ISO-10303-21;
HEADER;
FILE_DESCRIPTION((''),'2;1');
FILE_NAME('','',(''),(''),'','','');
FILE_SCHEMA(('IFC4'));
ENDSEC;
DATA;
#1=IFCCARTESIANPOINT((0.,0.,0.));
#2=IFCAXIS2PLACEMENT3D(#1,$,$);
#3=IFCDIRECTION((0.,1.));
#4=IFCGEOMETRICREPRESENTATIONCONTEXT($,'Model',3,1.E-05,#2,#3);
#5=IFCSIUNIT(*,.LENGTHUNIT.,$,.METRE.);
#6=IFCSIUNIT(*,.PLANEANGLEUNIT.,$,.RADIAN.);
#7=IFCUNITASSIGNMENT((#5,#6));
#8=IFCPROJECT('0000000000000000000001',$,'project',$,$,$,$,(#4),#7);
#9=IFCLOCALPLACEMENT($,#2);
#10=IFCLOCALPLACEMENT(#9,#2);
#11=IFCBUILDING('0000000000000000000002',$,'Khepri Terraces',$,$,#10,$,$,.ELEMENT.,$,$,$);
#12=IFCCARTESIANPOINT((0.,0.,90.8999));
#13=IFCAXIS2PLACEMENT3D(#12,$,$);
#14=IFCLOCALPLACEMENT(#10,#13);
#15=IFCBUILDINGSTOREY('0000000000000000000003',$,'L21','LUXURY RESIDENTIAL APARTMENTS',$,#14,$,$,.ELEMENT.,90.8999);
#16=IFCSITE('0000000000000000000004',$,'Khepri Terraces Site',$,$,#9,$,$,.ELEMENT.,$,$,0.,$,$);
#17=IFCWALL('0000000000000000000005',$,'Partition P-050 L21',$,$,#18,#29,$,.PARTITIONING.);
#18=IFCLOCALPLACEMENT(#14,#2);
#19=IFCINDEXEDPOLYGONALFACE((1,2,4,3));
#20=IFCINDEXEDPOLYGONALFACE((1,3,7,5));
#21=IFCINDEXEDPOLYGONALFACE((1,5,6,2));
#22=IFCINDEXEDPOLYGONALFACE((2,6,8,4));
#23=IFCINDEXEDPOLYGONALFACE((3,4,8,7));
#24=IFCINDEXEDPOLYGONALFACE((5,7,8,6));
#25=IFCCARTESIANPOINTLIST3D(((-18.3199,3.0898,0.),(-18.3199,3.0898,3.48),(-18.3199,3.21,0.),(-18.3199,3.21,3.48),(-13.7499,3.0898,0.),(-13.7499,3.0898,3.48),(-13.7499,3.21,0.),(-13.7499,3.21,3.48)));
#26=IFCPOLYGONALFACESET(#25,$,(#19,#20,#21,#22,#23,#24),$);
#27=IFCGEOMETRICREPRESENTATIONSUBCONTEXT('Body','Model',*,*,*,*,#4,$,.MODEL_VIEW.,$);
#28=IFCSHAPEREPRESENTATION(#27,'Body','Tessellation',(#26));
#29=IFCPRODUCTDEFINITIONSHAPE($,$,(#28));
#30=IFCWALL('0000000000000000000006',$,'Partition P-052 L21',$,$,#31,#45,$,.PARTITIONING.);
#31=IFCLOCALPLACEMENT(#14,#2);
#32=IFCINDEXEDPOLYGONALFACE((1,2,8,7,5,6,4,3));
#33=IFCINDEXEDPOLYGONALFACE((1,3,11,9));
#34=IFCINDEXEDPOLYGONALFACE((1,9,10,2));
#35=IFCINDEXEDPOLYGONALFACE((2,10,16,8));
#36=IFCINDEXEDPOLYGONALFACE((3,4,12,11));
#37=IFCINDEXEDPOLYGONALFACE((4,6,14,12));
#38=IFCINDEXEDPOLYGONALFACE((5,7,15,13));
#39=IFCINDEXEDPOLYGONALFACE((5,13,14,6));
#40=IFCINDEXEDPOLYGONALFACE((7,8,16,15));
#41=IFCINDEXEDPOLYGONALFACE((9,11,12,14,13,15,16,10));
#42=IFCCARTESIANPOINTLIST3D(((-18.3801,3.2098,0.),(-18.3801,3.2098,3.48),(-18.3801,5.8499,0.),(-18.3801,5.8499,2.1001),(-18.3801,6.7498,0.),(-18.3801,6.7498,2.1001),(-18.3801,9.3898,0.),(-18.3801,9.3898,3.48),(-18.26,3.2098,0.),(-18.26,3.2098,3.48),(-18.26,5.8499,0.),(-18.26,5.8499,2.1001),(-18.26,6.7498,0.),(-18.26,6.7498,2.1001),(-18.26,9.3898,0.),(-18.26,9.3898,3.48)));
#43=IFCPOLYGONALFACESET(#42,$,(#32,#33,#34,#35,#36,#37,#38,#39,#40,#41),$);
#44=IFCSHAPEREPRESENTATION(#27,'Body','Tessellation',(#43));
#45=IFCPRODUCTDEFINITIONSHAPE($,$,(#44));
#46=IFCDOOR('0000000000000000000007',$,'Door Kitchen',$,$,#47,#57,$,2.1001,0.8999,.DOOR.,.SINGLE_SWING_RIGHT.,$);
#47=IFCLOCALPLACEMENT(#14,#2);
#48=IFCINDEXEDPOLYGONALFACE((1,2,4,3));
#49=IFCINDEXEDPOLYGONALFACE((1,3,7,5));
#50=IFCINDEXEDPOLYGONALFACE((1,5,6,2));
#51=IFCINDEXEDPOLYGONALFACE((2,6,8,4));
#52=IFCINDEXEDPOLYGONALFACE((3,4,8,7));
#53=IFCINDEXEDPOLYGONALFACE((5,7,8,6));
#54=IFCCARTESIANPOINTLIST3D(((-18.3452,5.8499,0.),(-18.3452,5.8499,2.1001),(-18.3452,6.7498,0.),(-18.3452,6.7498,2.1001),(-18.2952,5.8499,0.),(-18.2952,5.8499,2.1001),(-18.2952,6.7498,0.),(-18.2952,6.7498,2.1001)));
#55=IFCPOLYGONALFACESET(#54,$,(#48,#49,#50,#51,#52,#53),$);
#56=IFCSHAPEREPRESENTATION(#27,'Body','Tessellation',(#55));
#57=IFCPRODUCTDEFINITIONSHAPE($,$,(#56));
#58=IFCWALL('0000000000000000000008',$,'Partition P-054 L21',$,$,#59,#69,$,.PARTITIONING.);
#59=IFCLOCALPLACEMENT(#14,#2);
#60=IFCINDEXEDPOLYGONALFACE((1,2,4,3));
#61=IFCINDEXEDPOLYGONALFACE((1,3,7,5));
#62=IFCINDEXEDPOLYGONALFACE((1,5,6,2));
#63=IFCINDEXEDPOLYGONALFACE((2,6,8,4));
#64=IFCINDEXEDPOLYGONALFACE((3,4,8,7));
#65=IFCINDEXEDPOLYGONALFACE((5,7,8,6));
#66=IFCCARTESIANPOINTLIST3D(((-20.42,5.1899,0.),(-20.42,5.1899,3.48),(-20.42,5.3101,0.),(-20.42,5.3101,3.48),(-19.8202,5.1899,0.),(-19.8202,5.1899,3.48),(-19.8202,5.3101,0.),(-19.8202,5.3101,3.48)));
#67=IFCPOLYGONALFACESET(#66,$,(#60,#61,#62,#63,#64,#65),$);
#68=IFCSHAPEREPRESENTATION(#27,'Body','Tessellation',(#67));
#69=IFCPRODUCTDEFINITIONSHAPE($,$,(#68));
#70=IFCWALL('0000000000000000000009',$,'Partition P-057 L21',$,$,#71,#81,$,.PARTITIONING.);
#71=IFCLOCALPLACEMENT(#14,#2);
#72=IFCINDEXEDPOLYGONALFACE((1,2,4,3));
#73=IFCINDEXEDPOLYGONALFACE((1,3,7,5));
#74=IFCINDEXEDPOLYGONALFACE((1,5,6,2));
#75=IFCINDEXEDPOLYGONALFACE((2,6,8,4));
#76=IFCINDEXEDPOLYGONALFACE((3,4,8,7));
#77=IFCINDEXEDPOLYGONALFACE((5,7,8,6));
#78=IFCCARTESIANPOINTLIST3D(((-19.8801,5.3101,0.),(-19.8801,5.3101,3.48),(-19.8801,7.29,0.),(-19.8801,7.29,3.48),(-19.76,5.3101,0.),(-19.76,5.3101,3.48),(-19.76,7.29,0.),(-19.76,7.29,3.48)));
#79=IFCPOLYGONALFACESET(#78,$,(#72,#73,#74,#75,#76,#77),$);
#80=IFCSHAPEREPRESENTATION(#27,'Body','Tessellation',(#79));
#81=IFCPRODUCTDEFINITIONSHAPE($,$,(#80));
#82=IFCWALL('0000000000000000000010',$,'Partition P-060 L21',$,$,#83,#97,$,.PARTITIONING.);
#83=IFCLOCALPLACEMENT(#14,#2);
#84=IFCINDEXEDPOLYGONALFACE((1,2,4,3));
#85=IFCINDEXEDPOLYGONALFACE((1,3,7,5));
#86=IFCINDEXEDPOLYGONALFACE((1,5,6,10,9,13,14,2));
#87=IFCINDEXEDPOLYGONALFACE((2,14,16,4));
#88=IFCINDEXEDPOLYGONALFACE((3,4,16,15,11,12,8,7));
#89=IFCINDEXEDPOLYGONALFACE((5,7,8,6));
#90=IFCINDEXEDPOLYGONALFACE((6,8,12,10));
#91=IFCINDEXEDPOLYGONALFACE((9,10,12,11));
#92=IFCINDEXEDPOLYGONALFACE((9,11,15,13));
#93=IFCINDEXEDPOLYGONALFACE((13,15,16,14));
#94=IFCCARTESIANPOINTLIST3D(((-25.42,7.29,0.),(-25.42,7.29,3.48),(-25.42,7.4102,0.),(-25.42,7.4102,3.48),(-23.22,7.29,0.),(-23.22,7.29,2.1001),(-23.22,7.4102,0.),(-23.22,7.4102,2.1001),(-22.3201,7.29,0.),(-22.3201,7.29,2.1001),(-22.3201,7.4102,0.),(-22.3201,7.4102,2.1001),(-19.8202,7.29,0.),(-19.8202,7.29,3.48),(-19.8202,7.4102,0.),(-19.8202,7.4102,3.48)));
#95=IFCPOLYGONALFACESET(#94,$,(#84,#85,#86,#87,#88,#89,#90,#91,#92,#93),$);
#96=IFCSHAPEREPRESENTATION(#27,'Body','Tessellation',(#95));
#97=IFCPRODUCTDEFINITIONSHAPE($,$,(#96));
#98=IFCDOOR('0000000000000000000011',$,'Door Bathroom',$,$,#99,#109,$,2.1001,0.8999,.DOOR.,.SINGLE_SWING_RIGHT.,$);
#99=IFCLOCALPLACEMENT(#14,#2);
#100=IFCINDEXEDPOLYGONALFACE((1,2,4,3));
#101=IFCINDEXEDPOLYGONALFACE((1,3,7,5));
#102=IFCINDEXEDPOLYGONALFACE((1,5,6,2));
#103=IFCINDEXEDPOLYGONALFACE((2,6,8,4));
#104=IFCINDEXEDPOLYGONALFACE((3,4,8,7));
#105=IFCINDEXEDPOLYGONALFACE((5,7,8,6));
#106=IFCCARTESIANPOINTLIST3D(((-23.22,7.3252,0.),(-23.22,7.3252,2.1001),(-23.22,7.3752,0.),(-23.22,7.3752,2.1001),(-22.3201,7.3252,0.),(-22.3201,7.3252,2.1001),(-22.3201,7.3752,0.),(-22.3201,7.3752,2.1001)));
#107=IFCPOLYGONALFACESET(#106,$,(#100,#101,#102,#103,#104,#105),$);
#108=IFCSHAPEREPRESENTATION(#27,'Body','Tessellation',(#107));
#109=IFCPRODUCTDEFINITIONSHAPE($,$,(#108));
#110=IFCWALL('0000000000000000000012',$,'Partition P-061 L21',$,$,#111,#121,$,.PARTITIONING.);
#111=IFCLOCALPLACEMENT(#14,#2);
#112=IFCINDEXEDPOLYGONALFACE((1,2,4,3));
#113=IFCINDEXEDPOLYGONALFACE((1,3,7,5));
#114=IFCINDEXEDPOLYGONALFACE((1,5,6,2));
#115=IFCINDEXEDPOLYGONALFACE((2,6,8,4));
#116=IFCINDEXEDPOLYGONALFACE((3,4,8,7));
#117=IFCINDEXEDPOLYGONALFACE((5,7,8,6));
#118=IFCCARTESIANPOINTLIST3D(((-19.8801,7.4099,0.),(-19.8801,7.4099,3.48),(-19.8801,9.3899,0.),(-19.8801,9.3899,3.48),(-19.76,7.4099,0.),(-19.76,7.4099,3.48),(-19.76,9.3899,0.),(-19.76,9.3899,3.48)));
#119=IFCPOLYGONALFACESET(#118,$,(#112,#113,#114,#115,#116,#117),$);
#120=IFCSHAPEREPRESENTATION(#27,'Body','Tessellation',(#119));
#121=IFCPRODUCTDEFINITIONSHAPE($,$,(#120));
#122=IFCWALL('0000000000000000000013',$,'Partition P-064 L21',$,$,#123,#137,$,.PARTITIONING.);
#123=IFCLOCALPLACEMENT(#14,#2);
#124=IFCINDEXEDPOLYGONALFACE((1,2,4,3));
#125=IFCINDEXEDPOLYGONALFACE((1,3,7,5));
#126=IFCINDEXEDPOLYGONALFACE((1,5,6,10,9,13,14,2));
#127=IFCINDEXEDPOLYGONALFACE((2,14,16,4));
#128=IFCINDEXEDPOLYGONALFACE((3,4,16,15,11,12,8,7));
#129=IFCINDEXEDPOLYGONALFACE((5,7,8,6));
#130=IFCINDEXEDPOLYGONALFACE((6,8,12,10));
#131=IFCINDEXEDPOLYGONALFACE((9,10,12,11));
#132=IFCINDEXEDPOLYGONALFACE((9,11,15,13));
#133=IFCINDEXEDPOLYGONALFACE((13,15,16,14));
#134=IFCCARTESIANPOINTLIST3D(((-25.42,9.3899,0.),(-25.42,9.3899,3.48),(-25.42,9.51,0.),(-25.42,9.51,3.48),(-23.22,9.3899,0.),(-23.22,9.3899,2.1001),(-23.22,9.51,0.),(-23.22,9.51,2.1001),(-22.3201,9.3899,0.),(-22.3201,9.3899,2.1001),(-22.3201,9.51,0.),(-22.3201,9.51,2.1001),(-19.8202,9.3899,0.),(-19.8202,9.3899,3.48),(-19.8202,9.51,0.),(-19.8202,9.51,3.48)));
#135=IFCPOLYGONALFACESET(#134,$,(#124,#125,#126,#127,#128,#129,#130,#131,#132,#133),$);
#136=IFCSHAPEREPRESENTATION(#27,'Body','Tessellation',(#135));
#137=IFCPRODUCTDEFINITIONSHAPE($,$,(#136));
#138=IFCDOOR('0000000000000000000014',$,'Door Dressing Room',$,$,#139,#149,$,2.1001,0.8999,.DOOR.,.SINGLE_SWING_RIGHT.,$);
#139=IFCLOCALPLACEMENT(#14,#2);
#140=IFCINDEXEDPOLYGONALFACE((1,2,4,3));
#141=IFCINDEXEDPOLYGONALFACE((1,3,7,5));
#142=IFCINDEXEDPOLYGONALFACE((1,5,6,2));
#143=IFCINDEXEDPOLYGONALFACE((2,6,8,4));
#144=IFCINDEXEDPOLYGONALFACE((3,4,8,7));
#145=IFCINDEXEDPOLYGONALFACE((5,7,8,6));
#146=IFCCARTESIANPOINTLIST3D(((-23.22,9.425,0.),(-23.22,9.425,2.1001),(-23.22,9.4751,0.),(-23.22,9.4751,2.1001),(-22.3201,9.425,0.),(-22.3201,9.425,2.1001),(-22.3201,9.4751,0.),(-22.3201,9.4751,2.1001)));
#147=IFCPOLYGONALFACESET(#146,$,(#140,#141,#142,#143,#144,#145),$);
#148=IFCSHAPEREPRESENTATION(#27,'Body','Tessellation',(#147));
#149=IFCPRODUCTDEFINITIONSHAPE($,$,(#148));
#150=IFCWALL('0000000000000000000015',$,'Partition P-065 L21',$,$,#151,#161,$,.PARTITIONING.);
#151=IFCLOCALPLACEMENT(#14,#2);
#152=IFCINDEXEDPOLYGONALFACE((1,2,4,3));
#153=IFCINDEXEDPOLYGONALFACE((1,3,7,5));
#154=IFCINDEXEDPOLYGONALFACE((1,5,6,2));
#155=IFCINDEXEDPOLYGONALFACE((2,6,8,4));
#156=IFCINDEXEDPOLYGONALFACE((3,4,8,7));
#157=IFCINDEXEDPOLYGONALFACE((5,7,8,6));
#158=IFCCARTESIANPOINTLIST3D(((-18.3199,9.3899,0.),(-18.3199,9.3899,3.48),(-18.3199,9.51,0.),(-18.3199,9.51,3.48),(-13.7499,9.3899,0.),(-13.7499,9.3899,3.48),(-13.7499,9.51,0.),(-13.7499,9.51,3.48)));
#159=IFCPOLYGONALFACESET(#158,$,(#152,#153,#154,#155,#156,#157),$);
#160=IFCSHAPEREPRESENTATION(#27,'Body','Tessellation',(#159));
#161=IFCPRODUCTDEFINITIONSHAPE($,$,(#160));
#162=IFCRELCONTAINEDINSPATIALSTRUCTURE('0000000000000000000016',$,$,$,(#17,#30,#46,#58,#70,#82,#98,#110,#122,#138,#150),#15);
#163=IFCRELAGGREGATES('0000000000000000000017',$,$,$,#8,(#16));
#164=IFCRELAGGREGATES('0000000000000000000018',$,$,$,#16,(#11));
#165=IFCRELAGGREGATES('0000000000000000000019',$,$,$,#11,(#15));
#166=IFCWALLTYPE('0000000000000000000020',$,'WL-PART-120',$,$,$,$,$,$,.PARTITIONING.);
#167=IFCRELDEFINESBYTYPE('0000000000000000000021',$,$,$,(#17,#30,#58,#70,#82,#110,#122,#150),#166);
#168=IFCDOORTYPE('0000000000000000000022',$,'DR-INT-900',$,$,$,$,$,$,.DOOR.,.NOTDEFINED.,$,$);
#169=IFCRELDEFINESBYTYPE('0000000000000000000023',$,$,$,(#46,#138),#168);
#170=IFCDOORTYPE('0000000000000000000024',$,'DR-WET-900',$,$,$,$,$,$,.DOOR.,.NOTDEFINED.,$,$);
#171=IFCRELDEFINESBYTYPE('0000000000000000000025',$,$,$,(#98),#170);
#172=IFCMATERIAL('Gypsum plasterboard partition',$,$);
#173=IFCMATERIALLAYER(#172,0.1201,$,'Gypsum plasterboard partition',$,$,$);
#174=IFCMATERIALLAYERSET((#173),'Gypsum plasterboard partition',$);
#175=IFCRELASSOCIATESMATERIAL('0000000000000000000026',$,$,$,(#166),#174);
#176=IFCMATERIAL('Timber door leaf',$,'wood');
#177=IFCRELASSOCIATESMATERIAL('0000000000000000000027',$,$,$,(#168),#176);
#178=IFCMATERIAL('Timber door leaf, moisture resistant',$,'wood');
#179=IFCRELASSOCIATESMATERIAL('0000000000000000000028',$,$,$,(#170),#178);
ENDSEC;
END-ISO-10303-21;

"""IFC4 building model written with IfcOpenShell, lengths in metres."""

from ifc_helpers import new_model, si_unit, direction, frame, frame_2d, origin, place, context, subcontext, project, spatial, rectangle, extrude, material, layer, layer_set, type_object, element, fill, save


model = new_model("IFC4")

# Units and contexts
model_context = context("Model", 3, precision=1e-05, world=origin(), true_north=direction((0.0, 1.0)))
body_context = subcontext(model_context, "Body", "Model", "MODEL_VIEW")
ifc_project = project(units=[si_unit("LENGTHUNIT", "METRE"), si_unit("PLANEANGLEUNIT", "RADIAN")], contexts=[model_context])

# Site, building, storey
site_placement = place(None, origin())
site = spatial("IfcSite", under=ifc_project, at=site_placement, Name="Khepri Terraces Site", CompositionType="ELEMENT", RefElevation=0.0)
building_placement = place(site_placement, origin())
building = spatial("IfcBuilding", under=site, at=building_placement, Name="Khepri Terraces", CompositionType="ELEMENT")
storey_placement = place(building_placement, frame((0.0, 0.0, 90.8999)))
storey = spatial("IfcBuildingStorey", under=building, at=storey_placement, Name="L21", Description="LUXURY RESIDENTIAL APARTMENTS", CompositionType="ELEMENT", Elevation=90.8999)

# Wall
ifc_material_1 = material(Name="Gypsum plasterboard partition")
ifc_layer_1 = layer(ifc_material_1, 0.1201, Name="Gypsum plasterboard partition")
ifc_layer_set_1 = layer_set([ifc_layer_1], Name="Gypsum plasterboard partition")
wall_type_1 = type_object("IfcWallType", Name="WL-PART-120", PredefinedType="PARTITIONING", material=ifc_layer_set_1)
wall_1_placement = place(storey_placement, frame((-18.3201, 3.1499, 0.0), z_axis=(0.0, 0.0, 1.0), x_axis=(1.0, 0.0, 0.0)))
element("IfcWall", 1, at=wall_1_placement, inside=storey, type_object=wall_type_1, Name="Partition P-050 L21", PredefinedType="PARTITIONING", context=body_context, shape_type="SweptSolid", body=[
    extrude(rectangle(XDim=4.5701, YDim=0.1201, at=frame_2d((2.2852, 0.0))), origin(), (0.0, 0.0, 1.0), 3.48),
])

# Wall, opening, door
wall_2_placement = place(storey_placement, frame((-18.3201, 3.21, 0.0), z_axis=(0.0, 0.0, 1.0), x_axis=(0.0, 1.0, 0.0)))
wall_2 = element("IfcWall", 2, at=wall_2_placement, inside=storey, type_object=wall_type_1, Name="Partition P-052 L21", PredefinedType="PARTITIONING", context=body_context, shape_type="SweptSolid", body=[
    extrude(rectangle(XDim=6.1799, YDim=0.1201, at=frame_2d((3.0898, 0.0))), origin(), (0.0, 0.0, 1.0), 3.48),
])
opening_1_placement = place(wall_2_placement, frame((2.6399, 0.0, 0.0)))
opening_1 = element("IfcOpeningElement", 3, at=opening_1_placement, cuts=wall_2, PredefinedType="OPENING", context=body_context, shape_type="SweptSolid", body=[
    extrude(rectangle(XDim=0.8999, YDim=2.1001, at=frame_2d((0.45, 1.05))), frame((0.0, 0.0701, 0.0), z_axis=(0.0, -1.0, 0.0), x_axis=(1.0, 0.0, 0.0)), (0.0, 0.0, 1.0), 0.1401),
])
ifc_material_2 = material(Name="Timber door leaf", Category="wood")
door_type_1 = type_object("IfcDoorType", Name="DR-INT-900", OperationType="NOTDEFINED", PredefinedType="DOOR", material=ifc_material_2)
door_1_placement = place(opening_1_placement, frame((0.8999, 0.0, 0.0), z_axis=(0.0, 0.0, 1.0), x_axis=(-1.0, 0.0, 0.0)))
door_1 = element("IfcDoor", 4, at=door_1_placement, inside=storey, type_object=door_type_1, Name="Door Kitchen", OperationType="SINGLE_SWING_RIGHT", OverallHeight=2.1001, OverallWidth=0.8999, PredefinedType="DOOR", context=body_context, shape_type="SweptSolid", body=[
    extrude(rectangle(XDim=0.8999, YDim=2.1001, at=frame_2d((0.45, 1.05))), frame((0.0, 0.0249, 0.0), z_axis=(0.0, -1.0, 0.0), x_axis=(1.0, 0.0, 0.0)), (0.0, 0.0, 1.0), 0.05),
])
fill(opening_1, door_1)

# Walls
wall_3_placement = place(storey_placement, frame((-20.4199, 5.25, 0.0), z_axis=(0.0, 0.0, 1.0), x_axis=(1.0, 0.0, 0.0)))
element("IfcWall", 5, at=wall_3_placement, inside=storey, type_object=wall_type_1, Name="Partition P-054 L21", PredefinedType="PARTITIONING", context=body_context, shape_type="SweptSolid", body=[
    extrude(rectangle(XDim=0.5999, YDim=0.1201, at=frame_2d((0.2998, 0.0))), origin(), (0.0, 0.0, 1.0), 3.48),
])
wall_4_placement = place(storey_placement, frame((-19.8201, 5.3101, 0.0), z_axis=(0.0, 0.0, 1.0), x_axis=(0.0, 1.0, 0.0)))
element("IfcWall", 6, at=wall_4_placement, inside=storey, type_object=wall_type_1, Name="Partition P-057 L21", PredefinedType="PARTITIONING", context=body_context, shape_type="SweptSolid", body=[
    extrude(rectangle(XDim=1.98, YDim=0.1201, at=frame_2d((0.99, 0.0))), origin(), (0.0, 0.0, 1.0), 3.48),
])

# Wall, opening, door
wall_5_placement = place(storey_placement, frame((-25.4199, 7.3501, 0.0), z_axis=(0.0, 0.0, 1.0), x_axis=(1.0, 0.0, 0.0)))
wall_5 = element("IfcWall", 7, at=wall_5_placement, inside=storey, type_object=wall_type_1, Name="Partition P-060 L21", PredefinedType="PARTITIONING", context=body_context, shape_type="SweptSolid", body=[
    extrude(rectangle(XDim=5.5999, YDim=0.1201, at=frame_2d((2.7998, 0.0))), origin(), (0.0, 0.0, 1.0), 3.48),
])
opening_2_placement = place(wall_5_placement, frame((2.2, 0.0, 0.0)))
opening_2 = element("IfcOpeningElement", 8, at=opening_2_placement, cuts=wall_5, PredefinedType="OPENING", context=body_context, shape_type="SweptSolid", body=[
    extrude(rectangle(XDim=0.8999, YDim=2.1001, at=frame_2d((0.45, 1.05))), frame((0.0, 0.0701, 0.0), z_axis=(0.0, -1.0, 0.0), x_axis=(1.0, 0.0, 0.0)), (0.0, 0.0, 1.0), 0.1401),
])
ifc_material_3 = material(Name="Timber door leaf, moisture resistant", Category="wood")
door_type_2 = type_object("IfcDoorType", Name="DR-WET-900", OperationType="NOTDEFINED", PredefinedType="DOOR", material=ifc_material_3)
door_2_placement = place(opening_2_placement, frame((0.8999, 0.0, 0.0), z_axis=(0.0, 0.0, 1.0), x_axis=(-1.0, 0.0, 0.0)))
door_2 = element("IfcDoor", 9, at=door_2_placement, inside=storey, type_object=door_type_2, Name="Door Bathroom", OperationType="SINGLE_SWING_RIGHT", OverallHeight=2.1001, OverallWidth=0.8999, PredefinedType="DOOR", context=body_context, shape_type="SweptSolid", body=[
    extrude(rectangle(XDim=0.8999, YDim=2.1001, at=frame_2d((0.45, 1.05))), frame((0.0, 0.0249, 0.0), z_axis=(0.0, -1.0, 0.0), x_axis=(1.0, 0.0, 0.0)), (0.0, 0.0, 1.0), 0.05),
])
fill(opening_2, door_2)

# Wall
wall_6_placement = place(storey_placement, frame((-19.8201, 7.4099, 0.0), z_axis=(0.0, 0.0, 1.0), x_axis=(0.0, 1.0, 0.0)))
element("IfcWall", 10, at=wall_6_placement, inside=storey, type_object=wall_type_1, Name="Partition P-061 L21", PredefinedType="PARTITIONING", context=body_context, shape_type="SweptSolid", body=[
    extrude(rectangle(XDim=1.98, YDim=0.1201, at=frame_2d((0.99, 0.0))), origin(), (0.0, 0.0, 1.0), 3.48),
])

# Wall, opening, door
wall_7_placement = place(storey_placement, frame((-25.4199, 9.45, 0.0), z_axis=(0.0, 0.0, 1.0), x_axis=(1.0, 0.0, 0.0)))
wall_7 = element("IfcWall", 11, at=wall_7_placement, inside=storey, type_object=wall_type_1, Name="Partition P-064 L21", PredefinedType="PARTITIONING", context=body_context, shape_type="SweptSolid", body=[
    extrude(rectangle(XDim=5.5999, YDim=0.1201, at=frame_2d((2.7998, 0.0))), origin(), (0.0, 0.0, 1.0), 3.48),
])
opening_3_placement = place(wall_7_placement, frame((2.2, 0.0, 0.0)))
opening_3 = element("IfcOpeningElement", 12, at=opening_3_placement, cuts=wall_7, PredefinedType="OPENING", context=body_context, shape_type="SweptSolid", body=[
    extrude(rectangle(XDim=0.8999, YDim=2.1001, at=frame_2d((0.45, 1.05))), frame((0.0, 0.0701, 0.0), z_axis=(0.0, -1.0, 0.0), x_axis=(1.0, 0.0, 0.0)), (0.0, 0.0, 1.0), 0.1401),
])
door_3_placement = place(opening_3_placement, frame((0.8999, 0.0, 0.0), z_axis=(0.0, 0.0, 1.0), x_axis=(-1.0, 0.0, 0.0)))
door_3 = element("IfcDoor", 13, at=door_3_placement, inside=storey, type_object=door_type_1, Name="Door Dressing Room", OperationType="SINGLE_SWING_RIGHT", OverallHeight=2.1001, OverallWidth=0.8999, PredefinedType="DOOR", context=body_context, shape_type="SweptSolid", body=[
    extrude(rectangle(XDim=0.8999, YDim=2.1001, at=frame_2d((0.45, 1.05))), frame((0.0, 0.0249, 0.0), z_axis=(0.0, -1.0, 0.0), x_axis=(1.0, 0.0, 0.0)), (0.0, 0.0, 1.0), 0.05),
])
fill(opening_3, door_3)

# Wall
wall_8_placement = place(storey_placement, frame((-18.3201, 9.45, 0.0), z_axis=(0.0, 0.0, 1.0), x_axis=(1.0, 0.0, 0.0)))
element("IfcWall", 14, at=wall_8_placement, inside=storey, type_object=wall_type_1, Name="Partition P-065 L21", PredefinedType="PARTITIONING", context=body_context, shape_type="SweptSolid", body=[
    extrude(rectangle(XDim=4.5701, YDim=0.1201, at=frame_2d((2.2852, 0.0))), origin(), (0.0, 0.0, 1.0), 3.48),
])

save(model, "model.ifc")
